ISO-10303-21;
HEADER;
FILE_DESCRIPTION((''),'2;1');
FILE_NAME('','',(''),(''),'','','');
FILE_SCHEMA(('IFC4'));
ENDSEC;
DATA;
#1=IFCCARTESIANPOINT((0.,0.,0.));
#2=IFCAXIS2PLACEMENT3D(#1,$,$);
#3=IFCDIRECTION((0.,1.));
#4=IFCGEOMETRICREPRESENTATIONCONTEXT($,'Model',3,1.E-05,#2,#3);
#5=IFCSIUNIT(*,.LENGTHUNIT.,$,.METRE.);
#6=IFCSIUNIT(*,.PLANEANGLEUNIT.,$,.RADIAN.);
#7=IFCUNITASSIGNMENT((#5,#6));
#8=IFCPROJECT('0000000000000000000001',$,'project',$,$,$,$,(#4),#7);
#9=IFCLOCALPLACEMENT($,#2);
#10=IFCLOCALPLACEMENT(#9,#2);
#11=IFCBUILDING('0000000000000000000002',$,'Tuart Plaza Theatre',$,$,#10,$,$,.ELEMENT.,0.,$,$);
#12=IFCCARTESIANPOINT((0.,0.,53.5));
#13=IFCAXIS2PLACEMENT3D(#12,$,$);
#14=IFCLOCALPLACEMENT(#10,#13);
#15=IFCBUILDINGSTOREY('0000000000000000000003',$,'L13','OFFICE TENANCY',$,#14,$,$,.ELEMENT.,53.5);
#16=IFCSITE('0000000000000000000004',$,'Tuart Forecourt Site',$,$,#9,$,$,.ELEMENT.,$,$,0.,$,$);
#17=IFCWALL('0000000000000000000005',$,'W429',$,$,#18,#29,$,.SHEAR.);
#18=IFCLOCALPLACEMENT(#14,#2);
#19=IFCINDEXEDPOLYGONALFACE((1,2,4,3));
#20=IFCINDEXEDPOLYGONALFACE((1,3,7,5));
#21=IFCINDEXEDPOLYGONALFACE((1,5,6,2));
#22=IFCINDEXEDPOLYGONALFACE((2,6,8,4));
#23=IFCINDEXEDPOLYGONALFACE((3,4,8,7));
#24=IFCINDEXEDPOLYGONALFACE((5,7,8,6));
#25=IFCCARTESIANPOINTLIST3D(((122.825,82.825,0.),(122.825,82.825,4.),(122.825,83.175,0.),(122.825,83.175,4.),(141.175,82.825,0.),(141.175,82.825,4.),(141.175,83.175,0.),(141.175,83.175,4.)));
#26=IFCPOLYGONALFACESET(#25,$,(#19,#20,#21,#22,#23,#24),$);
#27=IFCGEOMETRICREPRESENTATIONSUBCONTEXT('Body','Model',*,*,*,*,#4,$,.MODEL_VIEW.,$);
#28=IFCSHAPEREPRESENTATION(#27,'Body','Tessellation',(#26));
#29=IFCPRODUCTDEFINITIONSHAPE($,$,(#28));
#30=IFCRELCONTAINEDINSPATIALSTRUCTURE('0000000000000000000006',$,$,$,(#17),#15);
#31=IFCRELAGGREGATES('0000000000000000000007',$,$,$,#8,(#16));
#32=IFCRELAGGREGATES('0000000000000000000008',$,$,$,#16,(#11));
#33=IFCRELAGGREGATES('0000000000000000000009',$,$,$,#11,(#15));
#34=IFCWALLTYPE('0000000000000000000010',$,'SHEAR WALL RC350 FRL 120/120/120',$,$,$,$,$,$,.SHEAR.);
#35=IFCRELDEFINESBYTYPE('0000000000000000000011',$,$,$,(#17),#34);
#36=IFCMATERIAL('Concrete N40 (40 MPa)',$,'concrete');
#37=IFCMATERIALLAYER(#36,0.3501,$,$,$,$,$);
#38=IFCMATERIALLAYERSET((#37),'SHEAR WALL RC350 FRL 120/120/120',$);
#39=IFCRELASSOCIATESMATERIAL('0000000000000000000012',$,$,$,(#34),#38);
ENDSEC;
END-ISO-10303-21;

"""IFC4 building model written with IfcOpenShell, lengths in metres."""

from ifc_helpers import new_model, si_unit, direction, frame, frame_2d, origin, place, context, subcontext, project, spatial, rectangle, extrude, material, layer, layer_set, type_object, element, save


model = new_model("IFC4")

# Units and contexts
model_context = context("Model", 3, precision=1e-05, world=origin(), true_north=direction((0.0, 1.0)))
body_context = subcontext(model_context, "Body", "Model", "MODEL_VIEW")
ifc_project = project(units=[si_unit("LENGTHUNIT", "METRE"), si_unit("PLANEANGLEUNIT", "RADIAN")], contexts=[model_context])

# Site, building, storey
site_placement = place(None, origin())
site = spatial("IfcSite", under=ifc_project, at=site_placement, Name="Tuart Forecourt Site", CompositionType="ELEMENT", RefElevation=0.0)
building_placement = place(site_placement, origin())
building = spatial("IfcBuilding", under=site, at=building_placement, Name="Tuart Plaza Theatre", CompositionType="ELEMENT", ElevationOfRefHeight=0.0)
storey_placement = place(building_placement, frame((0.0, 0.0, 53.5)))
storey = spatial("IfcBuildingStorey", under=building, at=storey_placement, Name="L13", Description="OFFICE TENANCY", CompositionType="ELEMENT", Elevation=53.5)

# Wall
ifc_material_1 = material(Name="Concrete N40 (40 MPa)", Category="concrete")
ifc_layer_1 = layer(ifc_material_1, 0.3501)
ifc_layer_set_1 = layer_set([ifc_layer_1], Name="SHEAR WALL RC350 FRL 120/120/120")
wall_type_1 = type_object("IfcWallType", Name="SHEAR WALL RC350 FRL 120/120/120", PredefinedType="SHEAR", material=ifc_layer_set_1)
wall_1_placement = place(storey_placement, frame((141.175, 83.0, 0.0), z_axis=(0.0, 0.0, 1.0), x_axis=(-1.0, 0.0, 0.0)))
element("IfcWall", 1, at=wall_1_placement, inside=storey, type_object=wall_type_1, Name="W429", PredefinedType="SHEAR", context=body_context, shape_type="SweptSolid", body=[
    extrude(rectangle(XDim=18.3501, YDim=0.3501, at=frame_2d((9.175, 0.0))), origin(), (0.0, 0.0, 1.0), 4.0),
])

save(model, "model.ifc")
